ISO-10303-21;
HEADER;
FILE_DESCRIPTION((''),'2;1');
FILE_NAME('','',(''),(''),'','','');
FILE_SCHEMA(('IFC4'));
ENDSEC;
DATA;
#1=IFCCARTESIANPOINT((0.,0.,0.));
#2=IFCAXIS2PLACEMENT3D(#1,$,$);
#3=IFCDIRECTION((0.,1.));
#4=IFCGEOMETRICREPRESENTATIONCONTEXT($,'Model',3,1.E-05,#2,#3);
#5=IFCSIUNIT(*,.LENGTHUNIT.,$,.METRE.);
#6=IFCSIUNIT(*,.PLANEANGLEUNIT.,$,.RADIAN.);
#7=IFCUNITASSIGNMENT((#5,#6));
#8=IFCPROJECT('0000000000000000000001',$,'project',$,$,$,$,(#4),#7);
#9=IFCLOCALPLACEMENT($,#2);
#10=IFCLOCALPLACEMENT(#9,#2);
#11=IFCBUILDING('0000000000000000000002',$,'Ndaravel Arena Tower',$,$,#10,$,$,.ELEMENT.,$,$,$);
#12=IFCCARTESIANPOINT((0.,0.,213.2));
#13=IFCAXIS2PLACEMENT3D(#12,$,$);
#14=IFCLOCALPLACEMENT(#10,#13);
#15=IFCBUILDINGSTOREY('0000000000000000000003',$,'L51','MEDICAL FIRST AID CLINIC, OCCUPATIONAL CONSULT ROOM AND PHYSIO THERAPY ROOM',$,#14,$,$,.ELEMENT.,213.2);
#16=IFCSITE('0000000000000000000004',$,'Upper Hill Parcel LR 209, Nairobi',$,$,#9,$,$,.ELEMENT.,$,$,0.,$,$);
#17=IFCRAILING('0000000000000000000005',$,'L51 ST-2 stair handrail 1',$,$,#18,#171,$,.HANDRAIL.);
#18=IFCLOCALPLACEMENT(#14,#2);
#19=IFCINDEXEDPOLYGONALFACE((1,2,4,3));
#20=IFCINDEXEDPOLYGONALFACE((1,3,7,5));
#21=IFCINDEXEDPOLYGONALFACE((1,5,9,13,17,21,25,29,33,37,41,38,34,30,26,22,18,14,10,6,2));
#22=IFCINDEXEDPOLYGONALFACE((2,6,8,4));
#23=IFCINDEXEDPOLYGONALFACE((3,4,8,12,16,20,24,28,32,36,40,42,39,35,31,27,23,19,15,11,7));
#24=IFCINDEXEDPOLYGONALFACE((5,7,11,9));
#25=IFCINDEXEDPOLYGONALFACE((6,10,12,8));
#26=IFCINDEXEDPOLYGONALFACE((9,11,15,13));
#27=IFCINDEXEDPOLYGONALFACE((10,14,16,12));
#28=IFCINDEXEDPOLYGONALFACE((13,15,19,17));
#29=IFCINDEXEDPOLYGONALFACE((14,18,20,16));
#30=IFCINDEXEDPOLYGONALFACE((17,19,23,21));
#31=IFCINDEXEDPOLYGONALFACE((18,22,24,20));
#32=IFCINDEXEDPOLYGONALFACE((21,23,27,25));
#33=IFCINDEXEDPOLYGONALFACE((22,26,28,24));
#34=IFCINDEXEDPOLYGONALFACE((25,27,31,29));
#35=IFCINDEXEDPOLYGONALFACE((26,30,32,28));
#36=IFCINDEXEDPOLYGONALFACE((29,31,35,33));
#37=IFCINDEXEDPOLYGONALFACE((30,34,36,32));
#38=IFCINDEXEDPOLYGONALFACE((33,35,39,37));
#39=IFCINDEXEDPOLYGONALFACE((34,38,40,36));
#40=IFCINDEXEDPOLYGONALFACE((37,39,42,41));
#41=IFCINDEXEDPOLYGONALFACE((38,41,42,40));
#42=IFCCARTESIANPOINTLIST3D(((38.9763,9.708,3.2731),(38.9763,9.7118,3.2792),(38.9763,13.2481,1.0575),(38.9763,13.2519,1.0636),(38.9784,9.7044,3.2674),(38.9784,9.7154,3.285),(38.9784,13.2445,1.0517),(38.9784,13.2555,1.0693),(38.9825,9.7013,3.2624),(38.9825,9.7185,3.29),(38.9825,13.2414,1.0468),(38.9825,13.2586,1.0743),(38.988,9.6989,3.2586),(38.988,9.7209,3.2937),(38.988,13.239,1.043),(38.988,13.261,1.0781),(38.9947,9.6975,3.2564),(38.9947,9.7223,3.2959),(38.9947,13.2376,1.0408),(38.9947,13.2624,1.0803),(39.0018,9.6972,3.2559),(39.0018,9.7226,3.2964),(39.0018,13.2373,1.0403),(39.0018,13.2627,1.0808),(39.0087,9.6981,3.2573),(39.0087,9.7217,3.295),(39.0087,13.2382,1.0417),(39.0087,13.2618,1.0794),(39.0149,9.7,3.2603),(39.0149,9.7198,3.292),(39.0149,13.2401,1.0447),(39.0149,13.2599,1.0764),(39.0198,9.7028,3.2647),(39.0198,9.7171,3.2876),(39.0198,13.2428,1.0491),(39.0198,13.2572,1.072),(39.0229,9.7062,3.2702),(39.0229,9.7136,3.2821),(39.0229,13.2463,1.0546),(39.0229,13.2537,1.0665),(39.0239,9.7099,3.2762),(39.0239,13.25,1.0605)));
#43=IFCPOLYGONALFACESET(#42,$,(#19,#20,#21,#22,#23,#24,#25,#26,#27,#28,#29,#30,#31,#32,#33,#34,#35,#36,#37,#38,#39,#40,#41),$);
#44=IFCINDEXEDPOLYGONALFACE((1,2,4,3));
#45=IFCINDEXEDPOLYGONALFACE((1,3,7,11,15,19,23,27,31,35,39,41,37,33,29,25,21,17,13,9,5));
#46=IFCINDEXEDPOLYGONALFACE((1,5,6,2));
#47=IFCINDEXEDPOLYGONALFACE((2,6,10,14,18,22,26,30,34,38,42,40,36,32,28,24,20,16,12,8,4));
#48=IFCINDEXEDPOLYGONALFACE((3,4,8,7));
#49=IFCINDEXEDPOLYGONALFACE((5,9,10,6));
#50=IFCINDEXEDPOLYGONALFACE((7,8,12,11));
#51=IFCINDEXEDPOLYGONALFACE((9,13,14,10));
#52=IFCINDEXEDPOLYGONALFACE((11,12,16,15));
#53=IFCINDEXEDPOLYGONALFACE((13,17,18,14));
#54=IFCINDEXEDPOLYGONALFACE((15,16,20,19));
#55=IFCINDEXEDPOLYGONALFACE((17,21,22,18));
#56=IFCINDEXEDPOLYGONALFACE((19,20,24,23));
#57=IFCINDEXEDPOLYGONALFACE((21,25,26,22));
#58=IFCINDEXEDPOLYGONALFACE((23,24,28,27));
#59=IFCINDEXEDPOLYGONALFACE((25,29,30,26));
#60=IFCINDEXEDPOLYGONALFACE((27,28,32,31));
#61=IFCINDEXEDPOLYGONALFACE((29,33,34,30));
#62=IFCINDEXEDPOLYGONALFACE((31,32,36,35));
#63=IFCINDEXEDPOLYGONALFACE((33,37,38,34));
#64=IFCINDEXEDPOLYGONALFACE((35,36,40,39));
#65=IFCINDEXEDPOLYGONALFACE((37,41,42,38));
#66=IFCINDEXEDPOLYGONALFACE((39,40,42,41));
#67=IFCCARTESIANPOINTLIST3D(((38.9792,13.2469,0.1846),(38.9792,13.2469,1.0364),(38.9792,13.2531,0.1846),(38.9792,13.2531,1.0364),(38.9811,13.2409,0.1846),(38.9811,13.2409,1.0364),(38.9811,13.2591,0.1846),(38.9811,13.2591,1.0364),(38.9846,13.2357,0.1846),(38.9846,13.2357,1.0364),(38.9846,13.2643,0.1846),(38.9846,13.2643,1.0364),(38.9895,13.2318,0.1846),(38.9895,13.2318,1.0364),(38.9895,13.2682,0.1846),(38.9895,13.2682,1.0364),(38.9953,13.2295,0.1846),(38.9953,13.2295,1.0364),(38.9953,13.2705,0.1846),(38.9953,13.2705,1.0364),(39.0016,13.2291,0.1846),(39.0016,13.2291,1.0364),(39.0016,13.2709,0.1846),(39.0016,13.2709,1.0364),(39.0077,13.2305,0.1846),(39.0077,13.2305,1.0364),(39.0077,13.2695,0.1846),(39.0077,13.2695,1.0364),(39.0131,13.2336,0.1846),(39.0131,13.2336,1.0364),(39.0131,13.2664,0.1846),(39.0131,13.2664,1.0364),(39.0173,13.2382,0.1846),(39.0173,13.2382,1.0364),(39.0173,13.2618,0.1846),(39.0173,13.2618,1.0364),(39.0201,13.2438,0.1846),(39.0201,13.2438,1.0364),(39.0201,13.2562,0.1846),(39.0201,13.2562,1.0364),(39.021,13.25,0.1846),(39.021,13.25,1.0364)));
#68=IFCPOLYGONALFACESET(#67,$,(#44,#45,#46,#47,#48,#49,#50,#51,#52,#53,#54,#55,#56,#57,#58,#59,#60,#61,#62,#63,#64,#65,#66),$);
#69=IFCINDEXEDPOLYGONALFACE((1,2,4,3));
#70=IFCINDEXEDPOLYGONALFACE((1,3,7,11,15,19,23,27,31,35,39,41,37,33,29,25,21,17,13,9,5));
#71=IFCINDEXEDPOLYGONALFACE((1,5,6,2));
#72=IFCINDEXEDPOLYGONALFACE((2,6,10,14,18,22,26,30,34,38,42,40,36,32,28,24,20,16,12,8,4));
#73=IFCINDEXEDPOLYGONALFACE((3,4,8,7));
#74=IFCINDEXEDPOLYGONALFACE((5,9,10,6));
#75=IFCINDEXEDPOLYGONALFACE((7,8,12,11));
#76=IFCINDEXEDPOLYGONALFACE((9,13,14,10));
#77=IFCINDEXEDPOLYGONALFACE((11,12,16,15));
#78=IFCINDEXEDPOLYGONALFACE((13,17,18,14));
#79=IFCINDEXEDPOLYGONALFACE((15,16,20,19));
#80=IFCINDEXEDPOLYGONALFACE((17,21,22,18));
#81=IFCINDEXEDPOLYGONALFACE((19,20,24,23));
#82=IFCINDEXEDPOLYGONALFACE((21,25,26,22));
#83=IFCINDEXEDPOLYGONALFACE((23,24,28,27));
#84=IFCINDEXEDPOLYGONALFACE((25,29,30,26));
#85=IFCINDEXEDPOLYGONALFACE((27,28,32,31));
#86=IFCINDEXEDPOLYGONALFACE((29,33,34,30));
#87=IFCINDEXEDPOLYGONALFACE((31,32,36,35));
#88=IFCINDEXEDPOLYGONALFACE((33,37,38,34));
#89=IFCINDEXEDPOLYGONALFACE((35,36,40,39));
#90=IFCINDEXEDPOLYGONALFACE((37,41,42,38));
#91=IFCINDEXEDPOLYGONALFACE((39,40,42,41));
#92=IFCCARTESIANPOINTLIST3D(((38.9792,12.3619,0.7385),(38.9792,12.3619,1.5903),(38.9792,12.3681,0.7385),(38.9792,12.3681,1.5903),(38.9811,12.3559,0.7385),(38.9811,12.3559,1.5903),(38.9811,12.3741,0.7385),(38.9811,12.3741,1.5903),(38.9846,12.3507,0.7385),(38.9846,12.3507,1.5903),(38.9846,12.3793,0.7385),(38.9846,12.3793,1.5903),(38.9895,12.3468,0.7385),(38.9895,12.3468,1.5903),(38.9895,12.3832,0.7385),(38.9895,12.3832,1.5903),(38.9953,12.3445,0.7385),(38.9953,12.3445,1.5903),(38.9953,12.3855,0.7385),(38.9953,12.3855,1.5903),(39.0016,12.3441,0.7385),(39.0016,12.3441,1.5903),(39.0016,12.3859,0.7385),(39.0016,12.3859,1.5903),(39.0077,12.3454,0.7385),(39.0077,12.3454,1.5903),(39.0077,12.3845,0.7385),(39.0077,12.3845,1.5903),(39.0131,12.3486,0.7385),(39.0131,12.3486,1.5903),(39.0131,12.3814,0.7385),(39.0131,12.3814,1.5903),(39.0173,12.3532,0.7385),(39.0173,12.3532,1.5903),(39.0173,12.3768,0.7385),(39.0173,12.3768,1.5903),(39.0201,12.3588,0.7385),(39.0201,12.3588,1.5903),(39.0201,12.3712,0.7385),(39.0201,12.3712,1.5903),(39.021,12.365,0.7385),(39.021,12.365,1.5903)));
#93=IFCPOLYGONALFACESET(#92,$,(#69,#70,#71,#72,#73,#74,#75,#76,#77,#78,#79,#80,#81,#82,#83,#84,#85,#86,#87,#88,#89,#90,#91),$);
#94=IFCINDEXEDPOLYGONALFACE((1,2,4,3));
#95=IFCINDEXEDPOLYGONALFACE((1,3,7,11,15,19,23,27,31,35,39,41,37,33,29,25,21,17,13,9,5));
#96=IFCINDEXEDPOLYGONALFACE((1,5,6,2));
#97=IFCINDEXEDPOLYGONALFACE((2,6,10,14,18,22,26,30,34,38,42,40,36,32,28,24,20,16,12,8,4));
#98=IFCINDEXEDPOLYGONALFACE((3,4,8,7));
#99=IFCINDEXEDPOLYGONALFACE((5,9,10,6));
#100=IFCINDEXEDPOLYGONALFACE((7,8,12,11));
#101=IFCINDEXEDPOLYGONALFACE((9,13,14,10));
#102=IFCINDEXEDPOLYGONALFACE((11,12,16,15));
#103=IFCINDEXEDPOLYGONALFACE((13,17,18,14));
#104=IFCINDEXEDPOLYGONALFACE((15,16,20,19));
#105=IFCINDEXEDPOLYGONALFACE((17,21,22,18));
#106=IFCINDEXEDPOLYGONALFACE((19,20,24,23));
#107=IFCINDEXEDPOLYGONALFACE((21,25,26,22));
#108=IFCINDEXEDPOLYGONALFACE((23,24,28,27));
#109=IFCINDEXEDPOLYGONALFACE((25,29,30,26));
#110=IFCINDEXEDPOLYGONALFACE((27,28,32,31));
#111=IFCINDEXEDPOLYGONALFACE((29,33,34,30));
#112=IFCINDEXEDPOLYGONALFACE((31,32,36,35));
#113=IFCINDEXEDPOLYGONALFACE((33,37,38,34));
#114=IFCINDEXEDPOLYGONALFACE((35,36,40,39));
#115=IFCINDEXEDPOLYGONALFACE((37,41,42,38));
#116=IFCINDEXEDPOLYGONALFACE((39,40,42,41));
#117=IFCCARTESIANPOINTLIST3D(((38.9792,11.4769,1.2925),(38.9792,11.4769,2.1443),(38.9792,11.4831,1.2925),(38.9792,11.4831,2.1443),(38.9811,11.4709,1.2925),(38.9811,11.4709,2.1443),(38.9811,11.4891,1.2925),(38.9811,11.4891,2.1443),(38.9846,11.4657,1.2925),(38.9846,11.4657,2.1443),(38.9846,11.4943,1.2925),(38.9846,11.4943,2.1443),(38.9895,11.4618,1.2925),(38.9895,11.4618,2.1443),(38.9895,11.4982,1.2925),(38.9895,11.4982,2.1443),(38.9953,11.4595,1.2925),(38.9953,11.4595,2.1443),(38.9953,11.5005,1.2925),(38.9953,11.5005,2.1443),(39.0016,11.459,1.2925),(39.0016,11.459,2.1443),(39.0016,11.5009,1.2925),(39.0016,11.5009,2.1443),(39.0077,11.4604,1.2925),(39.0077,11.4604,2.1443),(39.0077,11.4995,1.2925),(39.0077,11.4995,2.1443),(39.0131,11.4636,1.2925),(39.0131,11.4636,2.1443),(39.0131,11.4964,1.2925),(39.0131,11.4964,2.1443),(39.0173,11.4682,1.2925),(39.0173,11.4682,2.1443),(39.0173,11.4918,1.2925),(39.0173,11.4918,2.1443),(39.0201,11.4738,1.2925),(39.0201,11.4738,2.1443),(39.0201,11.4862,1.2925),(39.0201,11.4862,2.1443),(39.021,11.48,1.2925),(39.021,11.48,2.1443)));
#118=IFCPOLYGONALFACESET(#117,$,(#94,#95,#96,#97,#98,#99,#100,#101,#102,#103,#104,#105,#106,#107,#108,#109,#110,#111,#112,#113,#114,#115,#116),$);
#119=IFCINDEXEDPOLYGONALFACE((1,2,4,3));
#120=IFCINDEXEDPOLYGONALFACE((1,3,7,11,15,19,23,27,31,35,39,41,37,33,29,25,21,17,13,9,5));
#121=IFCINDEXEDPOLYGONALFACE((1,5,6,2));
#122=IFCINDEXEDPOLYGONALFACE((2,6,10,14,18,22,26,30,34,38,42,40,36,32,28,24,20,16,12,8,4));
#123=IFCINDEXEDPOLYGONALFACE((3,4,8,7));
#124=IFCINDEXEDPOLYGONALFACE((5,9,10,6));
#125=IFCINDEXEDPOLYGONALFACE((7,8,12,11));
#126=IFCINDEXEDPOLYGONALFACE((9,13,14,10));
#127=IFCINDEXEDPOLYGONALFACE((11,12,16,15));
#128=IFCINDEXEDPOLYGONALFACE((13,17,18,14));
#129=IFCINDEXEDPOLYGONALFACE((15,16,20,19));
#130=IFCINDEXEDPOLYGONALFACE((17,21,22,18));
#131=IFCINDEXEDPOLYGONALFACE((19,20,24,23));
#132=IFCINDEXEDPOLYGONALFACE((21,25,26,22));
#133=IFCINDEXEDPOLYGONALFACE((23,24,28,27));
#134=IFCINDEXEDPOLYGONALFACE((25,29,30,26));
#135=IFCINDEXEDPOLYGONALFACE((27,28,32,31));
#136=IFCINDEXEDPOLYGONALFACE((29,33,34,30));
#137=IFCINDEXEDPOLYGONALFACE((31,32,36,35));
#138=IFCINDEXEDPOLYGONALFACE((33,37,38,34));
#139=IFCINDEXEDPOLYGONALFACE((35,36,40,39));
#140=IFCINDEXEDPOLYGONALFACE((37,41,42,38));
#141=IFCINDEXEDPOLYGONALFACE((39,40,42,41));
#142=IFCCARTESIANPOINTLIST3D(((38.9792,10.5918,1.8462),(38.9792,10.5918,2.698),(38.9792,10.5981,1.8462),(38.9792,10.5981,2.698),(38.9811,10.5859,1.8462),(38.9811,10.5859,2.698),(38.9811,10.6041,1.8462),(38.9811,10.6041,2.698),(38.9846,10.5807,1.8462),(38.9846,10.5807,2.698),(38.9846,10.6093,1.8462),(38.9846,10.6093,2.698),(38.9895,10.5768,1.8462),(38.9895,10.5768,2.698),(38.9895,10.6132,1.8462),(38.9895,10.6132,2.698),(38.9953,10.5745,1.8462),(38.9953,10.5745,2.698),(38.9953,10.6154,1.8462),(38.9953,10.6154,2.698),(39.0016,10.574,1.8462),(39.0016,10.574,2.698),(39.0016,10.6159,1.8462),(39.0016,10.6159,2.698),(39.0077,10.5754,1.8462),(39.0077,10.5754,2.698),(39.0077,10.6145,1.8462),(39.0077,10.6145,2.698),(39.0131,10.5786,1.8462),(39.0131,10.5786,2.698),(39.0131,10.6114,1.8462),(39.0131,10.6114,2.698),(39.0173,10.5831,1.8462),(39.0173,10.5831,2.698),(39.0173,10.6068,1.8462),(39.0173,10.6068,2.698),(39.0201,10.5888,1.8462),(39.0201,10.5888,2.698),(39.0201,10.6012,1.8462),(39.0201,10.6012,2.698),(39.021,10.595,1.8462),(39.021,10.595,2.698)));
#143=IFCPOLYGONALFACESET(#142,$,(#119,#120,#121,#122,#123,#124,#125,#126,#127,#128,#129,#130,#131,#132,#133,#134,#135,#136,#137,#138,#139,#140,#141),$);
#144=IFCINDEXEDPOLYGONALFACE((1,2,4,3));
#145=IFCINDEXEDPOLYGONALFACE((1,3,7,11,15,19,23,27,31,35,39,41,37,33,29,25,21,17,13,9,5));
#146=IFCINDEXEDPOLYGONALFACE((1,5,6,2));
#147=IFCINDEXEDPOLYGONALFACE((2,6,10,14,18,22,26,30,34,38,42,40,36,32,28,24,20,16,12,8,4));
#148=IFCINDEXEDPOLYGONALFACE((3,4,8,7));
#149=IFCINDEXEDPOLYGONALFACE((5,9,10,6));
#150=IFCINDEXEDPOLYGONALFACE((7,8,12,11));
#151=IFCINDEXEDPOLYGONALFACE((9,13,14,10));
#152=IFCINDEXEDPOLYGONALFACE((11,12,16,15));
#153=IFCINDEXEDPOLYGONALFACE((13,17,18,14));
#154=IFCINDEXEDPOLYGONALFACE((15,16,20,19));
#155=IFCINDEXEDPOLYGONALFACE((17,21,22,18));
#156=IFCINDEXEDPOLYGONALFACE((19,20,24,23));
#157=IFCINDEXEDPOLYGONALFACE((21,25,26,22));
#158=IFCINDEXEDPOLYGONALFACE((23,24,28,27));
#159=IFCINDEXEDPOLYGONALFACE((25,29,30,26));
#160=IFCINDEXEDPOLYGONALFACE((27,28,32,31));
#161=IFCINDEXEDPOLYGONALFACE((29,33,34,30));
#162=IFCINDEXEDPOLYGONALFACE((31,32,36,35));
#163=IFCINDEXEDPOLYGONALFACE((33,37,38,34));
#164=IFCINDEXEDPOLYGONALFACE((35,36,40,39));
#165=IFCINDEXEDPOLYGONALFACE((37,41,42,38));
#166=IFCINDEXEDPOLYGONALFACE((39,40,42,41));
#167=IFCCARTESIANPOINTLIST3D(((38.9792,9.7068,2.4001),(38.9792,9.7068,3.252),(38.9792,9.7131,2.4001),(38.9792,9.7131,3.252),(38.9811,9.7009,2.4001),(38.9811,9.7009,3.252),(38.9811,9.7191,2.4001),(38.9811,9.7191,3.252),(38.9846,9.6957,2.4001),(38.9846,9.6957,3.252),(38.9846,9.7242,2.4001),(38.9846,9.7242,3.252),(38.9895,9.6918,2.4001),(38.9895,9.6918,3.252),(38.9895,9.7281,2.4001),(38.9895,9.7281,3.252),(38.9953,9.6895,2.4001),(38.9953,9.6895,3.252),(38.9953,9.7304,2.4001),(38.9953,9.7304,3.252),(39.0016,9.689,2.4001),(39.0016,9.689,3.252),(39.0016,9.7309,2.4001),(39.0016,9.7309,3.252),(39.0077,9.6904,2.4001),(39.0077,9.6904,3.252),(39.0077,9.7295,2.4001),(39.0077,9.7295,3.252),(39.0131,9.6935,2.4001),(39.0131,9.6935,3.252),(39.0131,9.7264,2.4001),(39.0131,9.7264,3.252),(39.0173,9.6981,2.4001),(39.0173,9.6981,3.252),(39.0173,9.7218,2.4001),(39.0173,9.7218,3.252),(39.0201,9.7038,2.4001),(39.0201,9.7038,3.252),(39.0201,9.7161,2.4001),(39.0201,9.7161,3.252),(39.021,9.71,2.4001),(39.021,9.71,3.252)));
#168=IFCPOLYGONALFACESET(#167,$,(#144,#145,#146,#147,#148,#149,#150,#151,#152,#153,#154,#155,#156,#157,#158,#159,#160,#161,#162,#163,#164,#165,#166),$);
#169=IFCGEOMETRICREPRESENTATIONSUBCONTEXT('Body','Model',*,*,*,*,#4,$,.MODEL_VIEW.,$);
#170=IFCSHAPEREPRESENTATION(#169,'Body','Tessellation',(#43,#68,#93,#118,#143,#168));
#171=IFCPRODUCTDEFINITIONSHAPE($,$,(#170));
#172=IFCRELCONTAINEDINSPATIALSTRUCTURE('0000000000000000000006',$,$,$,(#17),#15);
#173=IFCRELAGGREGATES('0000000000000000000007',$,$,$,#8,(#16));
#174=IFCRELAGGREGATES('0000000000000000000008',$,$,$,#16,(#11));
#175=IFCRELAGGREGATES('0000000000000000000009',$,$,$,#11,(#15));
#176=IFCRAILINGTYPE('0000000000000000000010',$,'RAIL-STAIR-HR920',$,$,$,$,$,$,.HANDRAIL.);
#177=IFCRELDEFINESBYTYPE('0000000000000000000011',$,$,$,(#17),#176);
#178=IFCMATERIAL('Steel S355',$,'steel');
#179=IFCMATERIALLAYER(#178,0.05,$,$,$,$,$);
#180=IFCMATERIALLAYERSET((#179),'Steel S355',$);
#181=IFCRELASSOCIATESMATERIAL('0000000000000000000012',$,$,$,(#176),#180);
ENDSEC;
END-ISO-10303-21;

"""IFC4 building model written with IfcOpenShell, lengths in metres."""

from ifc_helpers import new_model, si_unit, direction, frame, origin, origin_2d, place, context, subcontext, project, spatial, circle, extrude, material, layer, layer_set, type_object, element, save


model = new_model("IFC4")

# Units and contexts
model_context = context("Model", 3, precision=1e-05, world=origin(), true_north=direction((0.0, 1.0)))
body_context = subcontext(model_context, "Body", "Model", "MODEL_VIEW")
ifc_project = project(units=[si_unit("LENGTHUNIT", "METRE"), si_unit("PLANEANGLEUNIT", "RADIAN")], contexts=[model_context])

# Site, building, storey
site_placement = place(None, origin())
site = spatial("IfcSite", under=ifc_project, at=site_placement, Name="Upper Hill Parcel LR 209, Nairobi", CompositionType="ELEMENT", RefElevation=0.0)
building_placement = place(site_placement, origin())
building = spatial("IfcBuilding", under=site, at=building_placement, Name="Ndaravel Arena Tower", CompositionType="ELEMENT")
storey_placement = place(building_placement, frame((0.0, 0.0, 213.2)))
storey = spatial("IfcBuildingStorey", under=building, at=storey_placement, Name="L51", Description="MEDICAL FIRST AID CLINIC, OCCUPATIONAL CONSULT ROOM AND PHYSIO THERAPY ROOM", CompositionType="ELEMENT", Elevation=213.2)

# Railing
ifc_material_1 = material(Name="Steel S355", Category="steel")
ifc_layer_1 = layer(ifc_material_1, 0.05)
ifc_layer_set_1 = layer_set([ifc_layer_1], Name="Steel S355")
railing_type_1 = type_object("IfcRailingType", Name="RAIL-STAIR-HR920", PredefinedType="HANDRAIL", material=ifc_layer_set_1)
railing_1_placement = place(storey_placement, frame((39.0, 13.25, 0.1846)))
element("IfcRailing", 1, at=railing_1_placement, inside=storey, type_object=railing_type_1, Name="L51 ST-2 stair handrail 1", PredefinedType="HANDRAIL", context=body_context, shape_type="SweptSolid", body=[
    extrude(circle(Radius=0.0239, at=origin_2d()), frame((0.0, 0.0, 0.876), z_axis=(0.0, -0.84767, 0.530524), x_axis=(1.0, 0.0, 0.0)), (0.0, 0.0, 1.0), 4.1763),
    extrude(circle(Radius=0.021, at=origin_2d()), origin(), (0.0, 0.0, 1.0), 0.8518),
    extrude(circle(Radius=0.021, at=origin_2d()), frame((0.0, -0.885, 0.554)), (0.0, 0.0, 1.0), 0.8518),
    extrude(circle(Radius=0.021, at=origin_2d()), frame((0.0, -1.77, 1.1079)), (0.0, 0.0, 1.0), 0.8518),
    extrude(circle(Radius=0.021, at=origin_2d()), frame((0.0, -2.655, 1.6616)), (0.0, 0.0, 1.0), 0.8518),
    extrude(circle(Radius=0.021, at=origin_2d()), frame((0.0, -3.54, 2.2156)), (0.0, 0.0, 1.0), 0.8518),
])

save(model, "model.ifc")
